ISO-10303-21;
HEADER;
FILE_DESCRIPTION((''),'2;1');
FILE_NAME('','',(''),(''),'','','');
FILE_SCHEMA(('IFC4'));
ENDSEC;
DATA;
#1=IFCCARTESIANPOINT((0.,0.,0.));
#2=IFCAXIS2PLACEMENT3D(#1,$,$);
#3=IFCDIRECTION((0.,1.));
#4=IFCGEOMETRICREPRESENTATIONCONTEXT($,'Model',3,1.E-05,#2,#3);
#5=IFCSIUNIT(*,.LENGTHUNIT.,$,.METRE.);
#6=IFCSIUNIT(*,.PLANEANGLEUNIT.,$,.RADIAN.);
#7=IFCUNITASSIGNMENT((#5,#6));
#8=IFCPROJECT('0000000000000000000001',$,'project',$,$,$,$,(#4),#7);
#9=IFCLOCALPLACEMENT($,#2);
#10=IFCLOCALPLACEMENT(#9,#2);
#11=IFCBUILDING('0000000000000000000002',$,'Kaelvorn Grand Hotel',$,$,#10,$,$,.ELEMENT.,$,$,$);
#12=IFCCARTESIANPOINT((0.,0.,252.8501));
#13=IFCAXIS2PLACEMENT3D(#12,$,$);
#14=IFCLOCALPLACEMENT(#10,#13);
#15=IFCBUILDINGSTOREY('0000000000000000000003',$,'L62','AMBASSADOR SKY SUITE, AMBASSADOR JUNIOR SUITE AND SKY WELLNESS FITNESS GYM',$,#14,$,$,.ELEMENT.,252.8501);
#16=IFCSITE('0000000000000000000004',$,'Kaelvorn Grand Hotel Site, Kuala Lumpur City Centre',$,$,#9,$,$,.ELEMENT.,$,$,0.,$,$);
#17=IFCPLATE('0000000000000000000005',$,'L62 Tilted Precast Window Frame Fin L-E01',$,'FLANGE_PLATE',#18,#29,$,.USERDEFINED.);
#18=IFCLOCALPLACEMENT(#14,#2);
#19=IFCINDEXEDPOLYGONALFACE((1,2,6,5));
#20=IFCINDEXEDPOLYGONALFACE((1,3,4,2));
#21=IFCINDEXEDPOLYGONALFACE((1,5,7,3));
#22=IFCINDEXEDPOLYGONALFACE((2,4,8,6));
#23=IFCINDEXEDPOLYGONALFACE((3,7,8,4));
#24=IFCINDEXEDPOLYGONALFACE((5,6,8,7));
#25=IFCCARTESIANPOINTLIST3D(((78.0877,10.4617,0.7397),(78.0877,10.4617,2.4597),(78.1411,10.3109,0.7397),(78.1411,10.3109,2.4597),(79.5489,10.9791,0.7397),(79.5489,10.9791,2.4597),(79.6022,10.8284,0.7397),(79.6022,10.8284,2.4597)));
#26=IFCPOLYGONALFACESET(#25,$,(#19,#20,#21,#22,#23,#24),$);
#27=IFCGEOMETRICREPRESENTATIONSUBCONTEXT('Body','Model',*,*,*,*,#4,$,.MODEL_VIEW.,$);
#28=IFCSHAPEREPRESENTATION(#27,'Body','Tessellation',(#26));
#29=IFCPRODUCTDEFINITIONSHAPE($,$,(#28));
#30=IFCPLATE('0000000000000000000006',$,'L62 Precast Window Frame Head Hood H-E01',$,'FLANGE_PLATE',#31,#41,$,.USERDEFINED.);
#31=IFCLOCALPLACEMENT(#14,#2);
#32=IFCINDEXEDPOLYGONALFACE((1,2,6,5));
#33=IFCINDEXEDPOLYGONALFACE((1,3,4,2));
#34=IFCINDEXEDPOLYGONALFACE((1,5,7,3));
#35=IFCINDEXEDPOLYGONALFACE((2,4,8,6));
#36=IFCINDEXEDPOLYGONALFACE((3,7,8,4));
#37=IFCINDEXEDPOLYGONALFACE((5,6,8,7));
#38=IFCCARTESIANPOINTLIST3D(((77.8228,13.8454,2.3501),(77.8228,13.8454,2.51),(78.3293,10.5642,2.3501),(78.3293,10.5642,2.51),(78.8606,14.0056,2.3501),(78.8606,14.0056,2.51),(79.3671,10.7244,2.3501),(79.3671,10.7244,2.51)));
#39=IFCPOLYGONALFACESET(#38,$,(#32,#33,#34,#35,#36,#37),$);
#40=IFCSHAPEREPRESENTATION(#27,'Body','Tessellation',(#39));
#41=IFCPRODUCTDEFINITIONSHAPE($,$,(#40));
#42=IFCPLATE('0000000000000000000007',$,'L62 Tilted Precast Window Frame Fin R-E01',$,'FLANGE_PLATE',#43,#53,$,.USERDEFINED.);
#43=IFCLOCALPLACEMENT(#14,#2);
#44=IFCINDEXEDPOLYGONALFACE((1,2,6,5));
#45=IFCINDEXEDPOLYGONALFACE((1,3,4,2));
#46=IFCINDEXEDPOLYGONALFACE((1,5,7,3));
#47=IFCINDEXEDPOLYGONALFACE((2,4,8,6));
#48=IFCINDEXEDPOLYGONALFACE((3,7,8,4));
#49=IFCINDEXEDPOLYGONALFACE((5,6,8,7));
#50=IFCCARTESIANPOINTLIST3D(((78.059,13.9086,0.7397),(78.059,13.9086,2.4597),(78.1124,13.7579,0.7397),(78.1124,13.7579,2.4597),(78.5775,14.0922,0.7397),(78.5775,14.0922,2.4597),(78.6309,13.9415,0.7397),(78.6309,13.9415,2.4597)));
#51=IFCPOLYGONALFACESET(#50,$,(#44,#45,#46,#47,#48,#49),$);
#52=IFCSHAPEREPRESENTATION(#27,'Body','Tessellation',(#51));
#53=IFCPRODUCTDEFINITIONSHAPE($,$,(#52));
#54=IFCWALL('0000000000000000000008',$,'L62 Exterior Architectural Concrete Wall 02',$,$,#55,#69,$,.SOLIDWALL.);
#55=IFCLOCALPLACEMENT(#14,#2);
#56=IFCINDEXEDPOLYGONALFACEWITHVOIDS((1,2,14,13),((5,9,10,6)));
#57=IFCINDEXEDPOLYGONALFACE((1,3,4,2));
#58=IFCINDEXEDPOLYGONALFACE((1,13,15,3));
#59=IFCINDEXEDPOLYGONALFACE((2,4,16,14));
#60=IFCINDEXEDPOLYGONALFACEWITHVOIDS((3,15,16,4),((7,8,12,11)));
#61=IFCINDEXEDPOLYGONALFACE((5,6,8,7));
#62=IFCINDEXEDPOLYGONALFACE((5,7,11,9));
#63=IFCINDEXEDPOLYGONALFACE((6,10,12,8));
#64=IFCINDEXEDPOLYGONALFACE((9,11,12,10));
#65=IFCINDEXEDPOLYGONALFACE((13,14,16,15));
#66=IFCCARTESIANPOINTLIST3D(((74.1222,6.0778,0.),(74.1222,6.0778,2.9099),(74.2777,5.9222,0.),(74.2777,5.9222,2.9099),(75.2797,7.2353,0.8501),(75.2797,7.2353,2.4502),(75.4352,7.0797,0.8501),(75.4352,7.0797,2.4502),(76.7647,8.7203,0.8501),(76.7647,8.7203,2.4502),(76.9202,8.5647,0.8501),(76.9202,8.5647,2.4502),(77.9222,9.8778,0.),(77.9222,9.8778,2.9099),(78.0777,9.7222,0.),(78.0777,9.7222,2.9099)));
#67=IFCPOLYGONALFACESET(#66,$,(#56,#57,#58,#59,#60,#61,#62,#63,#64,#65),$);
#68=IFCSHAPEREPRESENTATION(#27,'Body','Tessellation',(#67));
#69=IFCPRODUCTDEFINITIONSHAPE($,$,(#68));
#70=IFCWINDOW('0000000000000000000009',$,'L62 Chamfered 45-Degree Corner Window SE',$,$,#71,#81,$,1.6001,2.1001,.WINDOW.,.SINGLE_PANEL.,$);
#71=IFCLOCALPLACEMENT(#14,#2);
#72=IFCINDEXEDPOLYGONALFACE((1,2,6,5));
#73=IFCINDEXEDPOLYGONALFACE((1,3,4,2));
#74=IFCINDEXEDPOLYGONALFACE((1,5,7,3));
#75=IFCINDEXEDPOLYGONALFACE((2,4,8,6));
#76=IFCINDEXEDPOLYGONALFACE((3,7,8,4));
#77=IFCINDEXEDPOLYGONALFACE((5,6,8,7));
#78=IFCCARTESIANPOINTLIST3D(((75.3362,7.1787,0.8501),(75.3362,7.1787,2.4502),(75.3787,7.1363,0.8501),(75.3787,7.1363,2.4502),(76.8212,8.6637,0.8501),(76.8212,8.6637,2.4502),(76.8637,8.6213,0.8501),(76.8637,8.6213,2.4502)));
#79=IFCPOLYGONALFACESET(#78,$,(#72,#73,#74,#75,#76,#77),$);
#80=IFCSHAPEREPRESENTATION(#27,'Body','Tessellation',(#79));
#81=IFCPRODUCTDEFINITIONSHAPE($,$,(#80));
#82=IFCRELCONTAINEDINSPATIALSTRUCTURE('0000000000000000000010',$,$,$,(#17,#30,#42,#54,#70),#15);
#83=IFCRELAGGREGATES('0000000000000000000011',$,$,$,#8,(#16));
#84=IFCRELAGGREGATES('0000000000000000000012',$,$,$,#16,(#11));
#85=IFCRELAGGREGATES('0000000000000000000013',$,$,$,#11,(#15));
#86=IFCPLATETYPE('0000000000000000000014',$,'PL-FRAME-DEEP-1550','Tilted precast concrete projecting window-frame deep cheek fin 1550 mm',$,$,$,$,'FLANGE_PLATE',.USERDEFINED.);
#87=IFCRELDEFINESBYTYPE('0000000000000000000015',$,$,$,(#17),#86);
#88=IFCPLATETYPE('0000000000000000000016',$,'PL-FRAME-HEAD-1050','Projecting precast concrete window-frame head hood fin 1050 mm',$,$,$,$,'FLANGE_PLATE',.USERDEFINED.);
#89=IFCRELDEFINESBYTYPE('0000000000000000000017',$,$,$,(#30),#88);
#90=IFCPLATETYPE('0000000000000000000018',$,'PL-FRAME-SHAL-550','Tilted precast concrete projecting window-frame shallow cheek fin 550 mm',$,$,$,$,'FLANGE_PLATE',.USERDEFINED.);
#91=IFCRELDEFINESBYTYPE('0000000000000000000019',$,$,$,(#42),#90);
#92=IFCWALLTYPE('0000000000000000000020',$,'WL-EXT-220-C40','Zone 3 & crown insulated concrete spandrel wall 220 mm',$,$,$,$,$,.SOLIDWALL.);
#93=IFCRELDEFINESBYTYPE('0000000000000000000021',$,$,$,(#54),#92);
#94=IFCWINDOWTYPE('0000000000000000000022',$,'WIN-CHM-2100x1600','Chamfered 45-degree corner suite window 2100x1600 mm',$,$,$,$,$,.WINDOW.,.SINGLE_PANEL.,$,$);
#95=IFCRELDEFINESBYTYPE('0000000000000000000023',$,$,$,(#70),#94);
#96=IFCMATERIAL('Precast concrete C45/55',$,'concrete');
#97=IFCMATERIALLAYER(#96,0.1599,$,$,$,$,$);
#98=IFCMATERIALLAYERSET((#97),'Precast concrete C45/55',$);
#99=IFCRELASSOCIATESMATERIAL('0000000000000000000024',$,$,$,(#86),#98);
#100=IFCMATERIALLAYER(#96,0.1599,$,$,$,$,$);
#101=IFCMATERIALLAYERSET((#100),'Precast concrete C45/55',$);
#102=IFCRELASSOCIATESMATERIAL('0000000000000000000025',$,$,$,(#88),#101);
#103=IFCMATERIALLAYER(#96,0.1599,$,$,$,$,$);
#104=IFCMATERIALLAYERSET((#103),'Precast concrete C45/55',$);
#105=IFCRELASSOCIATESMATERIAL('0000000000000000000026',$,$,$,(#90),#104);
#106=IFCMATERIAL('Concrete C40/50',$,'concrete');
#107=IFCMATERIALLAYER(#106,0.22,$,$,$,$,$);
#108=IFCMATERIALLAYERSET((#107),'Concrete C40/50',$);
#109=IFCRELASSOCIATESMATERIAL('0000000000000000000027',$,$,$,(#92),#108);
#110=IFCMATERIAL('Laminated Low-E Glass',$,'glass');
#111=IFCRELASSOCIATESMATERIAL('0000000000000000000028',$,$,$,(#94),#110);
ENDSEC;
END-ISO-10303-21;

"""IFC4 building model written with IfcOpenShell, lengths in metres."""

from ifc_helpers import new_model, si_unit, direction, frame, frame_2d, origin, origin_2d, place, context, subcontext, project, spatial, rectangle, extrude, material, layer, layer_set, type_object, element, fill, save


model = new_model("IFC4")

# Units and contexts
model_context = context("Model", 3, precision=1e-05, world=origin(), true_north=direction((0.0, 1.0)))
body_context = subcontext(model_context, "Body", "Model", "MODEL_VIEW")
ifc_project = project(units=[si_unit("LENGTHUNIT", "METRE"), si_unit("PLANEANGLEUNIT", "RADIAN")], contexts=[model_context])

# Site, building, storey
site_placement = place(None, origin())
site = spatial("IfcSite", under=ifc_project, at=site_placement, Name="Kaelvorn Grand Hotel Site, Kuala Lumpur City Centre", CompositionType="ELEMENT", RefElevation=0.0)
building_placement = place(site_placement, origin())
building = spatial("IfcBuilding", under=site, at=building_placement, Name="Kaelvorn Grand Hotel", CompositionType="ELEMENT")
storey_placement = place(building_placement, frame((0.0, 0.0, 252.8501)))
storey = spatial("IfcBuildingStorey", under=building, at=storey_placement, Name="L62", Description="AMBASSADOR SKY SUITE, AMBASSADOR JUNIOR SUITE AND SKY WELLNESS FITNESS GYM", CompositionType="ELEMENT", Elevation=252.8501)

# Plates
ifc_material_1 = material(Name="Precast concrete C45/55", Category="concrete")
ifc_layer_1 = layer(ifc_material_1, 0.1599)
ifc_layer_set_1 = layer_set([ifc_layer_1], Name="Precast concrete C45/55")
plate_type_1 = type_object("IfcPlateType", Name="PL-FRAME-DEEP-1550", Description="Tilted precast concrete projecting window-frame deep cheek fin 1550 mm", ElementType="FLANGE_PLATE", PredefinedType="USERDEFINED", material=ifc_layer_set_1)
plate_1_placement = place(storey_placement, frame((78.845, 10.645, 0.7397), z_axis=(0.0, 0.0, 1.0), x_axis=(-0.333807, 0.942641, 0.0)))
element("IfcPlate", 1, at=plate_1_placement, inside=storey, type_object=plate_type_1, Name="L62 Tilted Precast Window Frame Fin L-E01", ObjectType="FLANGE_PLATE", PredefinedType="USERDEFINED", context=body_context, shape_type="SweptSolid", body=[
    extrude(rectangle(XDim=0.1599, YDim=1.55, at=origin_2d()), origin(), (0.0, 0.0, 1.0), 1.72),
])
ifc_layer_2 = layer(ifc_material_1, 0.1599)
ifc_layer_set_2 = layer_set([ifc_layer_2], Name="Precast concrete C45/55")
plate_type_2 = type_object("IfcPlateType", Name="PL-FRAME-HEAD-1050", Description="Projecting precast concrete window-frame head hood fin 1050 mm", ElementType="FLANGE_PLATE", PredefinedType="USERDEFINED", material=ifc_layer_set_2)
plate_2_placement = place(storey_placement, frame((78.595, 12.2849, 2.3501), z_axis=(0.0, 0.0, 1.0), x_axis=(-0.152555, 0.988295, 0.0)))
element("IfcPlate", 2, at=plate_2_placement, inside=storey, type_object=plate_type_2, Name="L62 Precast Window Frame Head Hood H-E01", ObjectType="FLANGE_PLATE", PredefinedType="USERDEFINED", context=body_context, shape_type="SweptSolid", body=[
    extrude(rectangle(XDim=3.3201, YDim=1.05, at=origin_2d()), origin(), (0.0, 0.0, 1.0), 0.1599),
])
ifc_layer_3 = layer(ifc_material_1, 0.1599)
ifc_layer_set_3 = layer_set([ifc_layer_3], Name="Precast concrete C45/55")
plate_type_3 = type_object("IfcPlateType", Name="PL-FRAME-SHAL-550", Description="Tilted precast concrete projecting window-frame shallow cheek fin 550 mm", ElementType="FLANGE_PLATE", PredefinedType="USERDEFINED", material=ifc_layer_set_3)
plate_3_placement = place(storey_placement, frame((78.345, 13.925, 0.7397), z_axis=(0.0, 0.0, 1.0), x_axis=(-0.333807, 0.942641, 0.0)))
element("IfcPlate", 3, at=plate_3_placement, inside=storey, type_object=plate_type_3, Name="L62 Tilted Precast Window Frame Fin R-E01", ObjectType="FLANGE_PLATE", PredefinedType="USERDEFINED", context=body_context, shape_type="SweptSolid", body=[
    extrude(rectangle(XDim=0.1599, YDim=0.55, at=origin_2d()), origin(), (0.0, 0.0, 1.0), 1.72),
])

# Wall, opening, window
ifc_material_2 = material(Name="Concrete C40/50", Category="concrete")
ifc_layer_4 = layer(ifc_material_2, 0.22)
ifc_layer_set_4 = layer_set([ifc_layer_4], Name="Concrete C40/50")
wall_type_1 = type_object("IfcWallType", Name="WL-EXT-220-C40", Description="Zone 3 & crown insulated concrete spandrel wall 220 mm", PredefinedType="SOLIDWALL", material=ifc_layer_set_4)
wall_1_placement = place(storey_placement, frame((74.2, 6.0, 0.0), z_axis=(0.0, 0.0, 1.0), x_axis=(0.707107, 0.707107, 0.0)))
wall_1 = element("IfcWall", 4, at=wall_1_placement, inside=storey, type_object=wall_type_1, Name="L62 Exterior Architectural Concrete Wall 02", PredefinedType="SOLIDWALL", context=body_context, shape_type="SweptSolid", body=[
    extrude(rectangle(XDim=5.374, YDim=0.22, at=frame_2d((2.687, 0.0))), origin(), (0.0, 0.0, 1.0), 2.9099),
])
opening_1_placement = place(wall_1_placement, frame((1.637, 0.0, 0.8501)))
opening_1 = element("IfcOpeningElement", 5, at=opening_1_placement, cuts=wall_1, PredefinedType="OPENING", context=body_context, shape_type="SweptSolid", body=[
    extrude(rectangle(XDim=2.1001, YDim=1.6001, at=frame_2d((1.05, 0.8))), frame((0.0, 0.1201, 0.0), z_axis=(0.0, -1.0, 0.0), x_axis=(1.0, 0.0, 0.0)), (0.0, 0.0, 1.0), 0.24),
])
ifc_material_3 = material(Name="Laminated Low-E Glass", Category="glass")
window_type_1 = type_object("IfcWindowType", Name="WIN-CHM-2100x1600", Description="Chamfered 45-degree corner suite window 2100x1600 mm", PartitioningType="SINGLE_PANEL", PredefinedType="WINDOW", material=ifc_material_3)
window_1_placement = place(opening_1_placement, origin())
window_1 = element("IfcWindow", 6, at=window_1_placement, inside=storey, type_object=window_type_1, Name="L62 Chamfered 45-Degree Corner Window SE", OverallHeight=1.6001, OverallWidth=2.1001, PartitioningType="SINGLE_PANEL", PredefinedType="WINDOW", context=body_context, shape_type="SweptSolid", body=[
    extrude(rectangle(XDim=2.1001, YDim=1.6001, at=frame_2d((1.05, 0.8))), frame((0.0, 0.03, 0.0), z_axis=(0.0, -1.0, 0.0), x_axis=(1.0, 0.0, 0.0)), (0.0, 0.0, 1.0), 0.0601),
])
fill(opening_1, window_1)

save(model, "model.ifc")
